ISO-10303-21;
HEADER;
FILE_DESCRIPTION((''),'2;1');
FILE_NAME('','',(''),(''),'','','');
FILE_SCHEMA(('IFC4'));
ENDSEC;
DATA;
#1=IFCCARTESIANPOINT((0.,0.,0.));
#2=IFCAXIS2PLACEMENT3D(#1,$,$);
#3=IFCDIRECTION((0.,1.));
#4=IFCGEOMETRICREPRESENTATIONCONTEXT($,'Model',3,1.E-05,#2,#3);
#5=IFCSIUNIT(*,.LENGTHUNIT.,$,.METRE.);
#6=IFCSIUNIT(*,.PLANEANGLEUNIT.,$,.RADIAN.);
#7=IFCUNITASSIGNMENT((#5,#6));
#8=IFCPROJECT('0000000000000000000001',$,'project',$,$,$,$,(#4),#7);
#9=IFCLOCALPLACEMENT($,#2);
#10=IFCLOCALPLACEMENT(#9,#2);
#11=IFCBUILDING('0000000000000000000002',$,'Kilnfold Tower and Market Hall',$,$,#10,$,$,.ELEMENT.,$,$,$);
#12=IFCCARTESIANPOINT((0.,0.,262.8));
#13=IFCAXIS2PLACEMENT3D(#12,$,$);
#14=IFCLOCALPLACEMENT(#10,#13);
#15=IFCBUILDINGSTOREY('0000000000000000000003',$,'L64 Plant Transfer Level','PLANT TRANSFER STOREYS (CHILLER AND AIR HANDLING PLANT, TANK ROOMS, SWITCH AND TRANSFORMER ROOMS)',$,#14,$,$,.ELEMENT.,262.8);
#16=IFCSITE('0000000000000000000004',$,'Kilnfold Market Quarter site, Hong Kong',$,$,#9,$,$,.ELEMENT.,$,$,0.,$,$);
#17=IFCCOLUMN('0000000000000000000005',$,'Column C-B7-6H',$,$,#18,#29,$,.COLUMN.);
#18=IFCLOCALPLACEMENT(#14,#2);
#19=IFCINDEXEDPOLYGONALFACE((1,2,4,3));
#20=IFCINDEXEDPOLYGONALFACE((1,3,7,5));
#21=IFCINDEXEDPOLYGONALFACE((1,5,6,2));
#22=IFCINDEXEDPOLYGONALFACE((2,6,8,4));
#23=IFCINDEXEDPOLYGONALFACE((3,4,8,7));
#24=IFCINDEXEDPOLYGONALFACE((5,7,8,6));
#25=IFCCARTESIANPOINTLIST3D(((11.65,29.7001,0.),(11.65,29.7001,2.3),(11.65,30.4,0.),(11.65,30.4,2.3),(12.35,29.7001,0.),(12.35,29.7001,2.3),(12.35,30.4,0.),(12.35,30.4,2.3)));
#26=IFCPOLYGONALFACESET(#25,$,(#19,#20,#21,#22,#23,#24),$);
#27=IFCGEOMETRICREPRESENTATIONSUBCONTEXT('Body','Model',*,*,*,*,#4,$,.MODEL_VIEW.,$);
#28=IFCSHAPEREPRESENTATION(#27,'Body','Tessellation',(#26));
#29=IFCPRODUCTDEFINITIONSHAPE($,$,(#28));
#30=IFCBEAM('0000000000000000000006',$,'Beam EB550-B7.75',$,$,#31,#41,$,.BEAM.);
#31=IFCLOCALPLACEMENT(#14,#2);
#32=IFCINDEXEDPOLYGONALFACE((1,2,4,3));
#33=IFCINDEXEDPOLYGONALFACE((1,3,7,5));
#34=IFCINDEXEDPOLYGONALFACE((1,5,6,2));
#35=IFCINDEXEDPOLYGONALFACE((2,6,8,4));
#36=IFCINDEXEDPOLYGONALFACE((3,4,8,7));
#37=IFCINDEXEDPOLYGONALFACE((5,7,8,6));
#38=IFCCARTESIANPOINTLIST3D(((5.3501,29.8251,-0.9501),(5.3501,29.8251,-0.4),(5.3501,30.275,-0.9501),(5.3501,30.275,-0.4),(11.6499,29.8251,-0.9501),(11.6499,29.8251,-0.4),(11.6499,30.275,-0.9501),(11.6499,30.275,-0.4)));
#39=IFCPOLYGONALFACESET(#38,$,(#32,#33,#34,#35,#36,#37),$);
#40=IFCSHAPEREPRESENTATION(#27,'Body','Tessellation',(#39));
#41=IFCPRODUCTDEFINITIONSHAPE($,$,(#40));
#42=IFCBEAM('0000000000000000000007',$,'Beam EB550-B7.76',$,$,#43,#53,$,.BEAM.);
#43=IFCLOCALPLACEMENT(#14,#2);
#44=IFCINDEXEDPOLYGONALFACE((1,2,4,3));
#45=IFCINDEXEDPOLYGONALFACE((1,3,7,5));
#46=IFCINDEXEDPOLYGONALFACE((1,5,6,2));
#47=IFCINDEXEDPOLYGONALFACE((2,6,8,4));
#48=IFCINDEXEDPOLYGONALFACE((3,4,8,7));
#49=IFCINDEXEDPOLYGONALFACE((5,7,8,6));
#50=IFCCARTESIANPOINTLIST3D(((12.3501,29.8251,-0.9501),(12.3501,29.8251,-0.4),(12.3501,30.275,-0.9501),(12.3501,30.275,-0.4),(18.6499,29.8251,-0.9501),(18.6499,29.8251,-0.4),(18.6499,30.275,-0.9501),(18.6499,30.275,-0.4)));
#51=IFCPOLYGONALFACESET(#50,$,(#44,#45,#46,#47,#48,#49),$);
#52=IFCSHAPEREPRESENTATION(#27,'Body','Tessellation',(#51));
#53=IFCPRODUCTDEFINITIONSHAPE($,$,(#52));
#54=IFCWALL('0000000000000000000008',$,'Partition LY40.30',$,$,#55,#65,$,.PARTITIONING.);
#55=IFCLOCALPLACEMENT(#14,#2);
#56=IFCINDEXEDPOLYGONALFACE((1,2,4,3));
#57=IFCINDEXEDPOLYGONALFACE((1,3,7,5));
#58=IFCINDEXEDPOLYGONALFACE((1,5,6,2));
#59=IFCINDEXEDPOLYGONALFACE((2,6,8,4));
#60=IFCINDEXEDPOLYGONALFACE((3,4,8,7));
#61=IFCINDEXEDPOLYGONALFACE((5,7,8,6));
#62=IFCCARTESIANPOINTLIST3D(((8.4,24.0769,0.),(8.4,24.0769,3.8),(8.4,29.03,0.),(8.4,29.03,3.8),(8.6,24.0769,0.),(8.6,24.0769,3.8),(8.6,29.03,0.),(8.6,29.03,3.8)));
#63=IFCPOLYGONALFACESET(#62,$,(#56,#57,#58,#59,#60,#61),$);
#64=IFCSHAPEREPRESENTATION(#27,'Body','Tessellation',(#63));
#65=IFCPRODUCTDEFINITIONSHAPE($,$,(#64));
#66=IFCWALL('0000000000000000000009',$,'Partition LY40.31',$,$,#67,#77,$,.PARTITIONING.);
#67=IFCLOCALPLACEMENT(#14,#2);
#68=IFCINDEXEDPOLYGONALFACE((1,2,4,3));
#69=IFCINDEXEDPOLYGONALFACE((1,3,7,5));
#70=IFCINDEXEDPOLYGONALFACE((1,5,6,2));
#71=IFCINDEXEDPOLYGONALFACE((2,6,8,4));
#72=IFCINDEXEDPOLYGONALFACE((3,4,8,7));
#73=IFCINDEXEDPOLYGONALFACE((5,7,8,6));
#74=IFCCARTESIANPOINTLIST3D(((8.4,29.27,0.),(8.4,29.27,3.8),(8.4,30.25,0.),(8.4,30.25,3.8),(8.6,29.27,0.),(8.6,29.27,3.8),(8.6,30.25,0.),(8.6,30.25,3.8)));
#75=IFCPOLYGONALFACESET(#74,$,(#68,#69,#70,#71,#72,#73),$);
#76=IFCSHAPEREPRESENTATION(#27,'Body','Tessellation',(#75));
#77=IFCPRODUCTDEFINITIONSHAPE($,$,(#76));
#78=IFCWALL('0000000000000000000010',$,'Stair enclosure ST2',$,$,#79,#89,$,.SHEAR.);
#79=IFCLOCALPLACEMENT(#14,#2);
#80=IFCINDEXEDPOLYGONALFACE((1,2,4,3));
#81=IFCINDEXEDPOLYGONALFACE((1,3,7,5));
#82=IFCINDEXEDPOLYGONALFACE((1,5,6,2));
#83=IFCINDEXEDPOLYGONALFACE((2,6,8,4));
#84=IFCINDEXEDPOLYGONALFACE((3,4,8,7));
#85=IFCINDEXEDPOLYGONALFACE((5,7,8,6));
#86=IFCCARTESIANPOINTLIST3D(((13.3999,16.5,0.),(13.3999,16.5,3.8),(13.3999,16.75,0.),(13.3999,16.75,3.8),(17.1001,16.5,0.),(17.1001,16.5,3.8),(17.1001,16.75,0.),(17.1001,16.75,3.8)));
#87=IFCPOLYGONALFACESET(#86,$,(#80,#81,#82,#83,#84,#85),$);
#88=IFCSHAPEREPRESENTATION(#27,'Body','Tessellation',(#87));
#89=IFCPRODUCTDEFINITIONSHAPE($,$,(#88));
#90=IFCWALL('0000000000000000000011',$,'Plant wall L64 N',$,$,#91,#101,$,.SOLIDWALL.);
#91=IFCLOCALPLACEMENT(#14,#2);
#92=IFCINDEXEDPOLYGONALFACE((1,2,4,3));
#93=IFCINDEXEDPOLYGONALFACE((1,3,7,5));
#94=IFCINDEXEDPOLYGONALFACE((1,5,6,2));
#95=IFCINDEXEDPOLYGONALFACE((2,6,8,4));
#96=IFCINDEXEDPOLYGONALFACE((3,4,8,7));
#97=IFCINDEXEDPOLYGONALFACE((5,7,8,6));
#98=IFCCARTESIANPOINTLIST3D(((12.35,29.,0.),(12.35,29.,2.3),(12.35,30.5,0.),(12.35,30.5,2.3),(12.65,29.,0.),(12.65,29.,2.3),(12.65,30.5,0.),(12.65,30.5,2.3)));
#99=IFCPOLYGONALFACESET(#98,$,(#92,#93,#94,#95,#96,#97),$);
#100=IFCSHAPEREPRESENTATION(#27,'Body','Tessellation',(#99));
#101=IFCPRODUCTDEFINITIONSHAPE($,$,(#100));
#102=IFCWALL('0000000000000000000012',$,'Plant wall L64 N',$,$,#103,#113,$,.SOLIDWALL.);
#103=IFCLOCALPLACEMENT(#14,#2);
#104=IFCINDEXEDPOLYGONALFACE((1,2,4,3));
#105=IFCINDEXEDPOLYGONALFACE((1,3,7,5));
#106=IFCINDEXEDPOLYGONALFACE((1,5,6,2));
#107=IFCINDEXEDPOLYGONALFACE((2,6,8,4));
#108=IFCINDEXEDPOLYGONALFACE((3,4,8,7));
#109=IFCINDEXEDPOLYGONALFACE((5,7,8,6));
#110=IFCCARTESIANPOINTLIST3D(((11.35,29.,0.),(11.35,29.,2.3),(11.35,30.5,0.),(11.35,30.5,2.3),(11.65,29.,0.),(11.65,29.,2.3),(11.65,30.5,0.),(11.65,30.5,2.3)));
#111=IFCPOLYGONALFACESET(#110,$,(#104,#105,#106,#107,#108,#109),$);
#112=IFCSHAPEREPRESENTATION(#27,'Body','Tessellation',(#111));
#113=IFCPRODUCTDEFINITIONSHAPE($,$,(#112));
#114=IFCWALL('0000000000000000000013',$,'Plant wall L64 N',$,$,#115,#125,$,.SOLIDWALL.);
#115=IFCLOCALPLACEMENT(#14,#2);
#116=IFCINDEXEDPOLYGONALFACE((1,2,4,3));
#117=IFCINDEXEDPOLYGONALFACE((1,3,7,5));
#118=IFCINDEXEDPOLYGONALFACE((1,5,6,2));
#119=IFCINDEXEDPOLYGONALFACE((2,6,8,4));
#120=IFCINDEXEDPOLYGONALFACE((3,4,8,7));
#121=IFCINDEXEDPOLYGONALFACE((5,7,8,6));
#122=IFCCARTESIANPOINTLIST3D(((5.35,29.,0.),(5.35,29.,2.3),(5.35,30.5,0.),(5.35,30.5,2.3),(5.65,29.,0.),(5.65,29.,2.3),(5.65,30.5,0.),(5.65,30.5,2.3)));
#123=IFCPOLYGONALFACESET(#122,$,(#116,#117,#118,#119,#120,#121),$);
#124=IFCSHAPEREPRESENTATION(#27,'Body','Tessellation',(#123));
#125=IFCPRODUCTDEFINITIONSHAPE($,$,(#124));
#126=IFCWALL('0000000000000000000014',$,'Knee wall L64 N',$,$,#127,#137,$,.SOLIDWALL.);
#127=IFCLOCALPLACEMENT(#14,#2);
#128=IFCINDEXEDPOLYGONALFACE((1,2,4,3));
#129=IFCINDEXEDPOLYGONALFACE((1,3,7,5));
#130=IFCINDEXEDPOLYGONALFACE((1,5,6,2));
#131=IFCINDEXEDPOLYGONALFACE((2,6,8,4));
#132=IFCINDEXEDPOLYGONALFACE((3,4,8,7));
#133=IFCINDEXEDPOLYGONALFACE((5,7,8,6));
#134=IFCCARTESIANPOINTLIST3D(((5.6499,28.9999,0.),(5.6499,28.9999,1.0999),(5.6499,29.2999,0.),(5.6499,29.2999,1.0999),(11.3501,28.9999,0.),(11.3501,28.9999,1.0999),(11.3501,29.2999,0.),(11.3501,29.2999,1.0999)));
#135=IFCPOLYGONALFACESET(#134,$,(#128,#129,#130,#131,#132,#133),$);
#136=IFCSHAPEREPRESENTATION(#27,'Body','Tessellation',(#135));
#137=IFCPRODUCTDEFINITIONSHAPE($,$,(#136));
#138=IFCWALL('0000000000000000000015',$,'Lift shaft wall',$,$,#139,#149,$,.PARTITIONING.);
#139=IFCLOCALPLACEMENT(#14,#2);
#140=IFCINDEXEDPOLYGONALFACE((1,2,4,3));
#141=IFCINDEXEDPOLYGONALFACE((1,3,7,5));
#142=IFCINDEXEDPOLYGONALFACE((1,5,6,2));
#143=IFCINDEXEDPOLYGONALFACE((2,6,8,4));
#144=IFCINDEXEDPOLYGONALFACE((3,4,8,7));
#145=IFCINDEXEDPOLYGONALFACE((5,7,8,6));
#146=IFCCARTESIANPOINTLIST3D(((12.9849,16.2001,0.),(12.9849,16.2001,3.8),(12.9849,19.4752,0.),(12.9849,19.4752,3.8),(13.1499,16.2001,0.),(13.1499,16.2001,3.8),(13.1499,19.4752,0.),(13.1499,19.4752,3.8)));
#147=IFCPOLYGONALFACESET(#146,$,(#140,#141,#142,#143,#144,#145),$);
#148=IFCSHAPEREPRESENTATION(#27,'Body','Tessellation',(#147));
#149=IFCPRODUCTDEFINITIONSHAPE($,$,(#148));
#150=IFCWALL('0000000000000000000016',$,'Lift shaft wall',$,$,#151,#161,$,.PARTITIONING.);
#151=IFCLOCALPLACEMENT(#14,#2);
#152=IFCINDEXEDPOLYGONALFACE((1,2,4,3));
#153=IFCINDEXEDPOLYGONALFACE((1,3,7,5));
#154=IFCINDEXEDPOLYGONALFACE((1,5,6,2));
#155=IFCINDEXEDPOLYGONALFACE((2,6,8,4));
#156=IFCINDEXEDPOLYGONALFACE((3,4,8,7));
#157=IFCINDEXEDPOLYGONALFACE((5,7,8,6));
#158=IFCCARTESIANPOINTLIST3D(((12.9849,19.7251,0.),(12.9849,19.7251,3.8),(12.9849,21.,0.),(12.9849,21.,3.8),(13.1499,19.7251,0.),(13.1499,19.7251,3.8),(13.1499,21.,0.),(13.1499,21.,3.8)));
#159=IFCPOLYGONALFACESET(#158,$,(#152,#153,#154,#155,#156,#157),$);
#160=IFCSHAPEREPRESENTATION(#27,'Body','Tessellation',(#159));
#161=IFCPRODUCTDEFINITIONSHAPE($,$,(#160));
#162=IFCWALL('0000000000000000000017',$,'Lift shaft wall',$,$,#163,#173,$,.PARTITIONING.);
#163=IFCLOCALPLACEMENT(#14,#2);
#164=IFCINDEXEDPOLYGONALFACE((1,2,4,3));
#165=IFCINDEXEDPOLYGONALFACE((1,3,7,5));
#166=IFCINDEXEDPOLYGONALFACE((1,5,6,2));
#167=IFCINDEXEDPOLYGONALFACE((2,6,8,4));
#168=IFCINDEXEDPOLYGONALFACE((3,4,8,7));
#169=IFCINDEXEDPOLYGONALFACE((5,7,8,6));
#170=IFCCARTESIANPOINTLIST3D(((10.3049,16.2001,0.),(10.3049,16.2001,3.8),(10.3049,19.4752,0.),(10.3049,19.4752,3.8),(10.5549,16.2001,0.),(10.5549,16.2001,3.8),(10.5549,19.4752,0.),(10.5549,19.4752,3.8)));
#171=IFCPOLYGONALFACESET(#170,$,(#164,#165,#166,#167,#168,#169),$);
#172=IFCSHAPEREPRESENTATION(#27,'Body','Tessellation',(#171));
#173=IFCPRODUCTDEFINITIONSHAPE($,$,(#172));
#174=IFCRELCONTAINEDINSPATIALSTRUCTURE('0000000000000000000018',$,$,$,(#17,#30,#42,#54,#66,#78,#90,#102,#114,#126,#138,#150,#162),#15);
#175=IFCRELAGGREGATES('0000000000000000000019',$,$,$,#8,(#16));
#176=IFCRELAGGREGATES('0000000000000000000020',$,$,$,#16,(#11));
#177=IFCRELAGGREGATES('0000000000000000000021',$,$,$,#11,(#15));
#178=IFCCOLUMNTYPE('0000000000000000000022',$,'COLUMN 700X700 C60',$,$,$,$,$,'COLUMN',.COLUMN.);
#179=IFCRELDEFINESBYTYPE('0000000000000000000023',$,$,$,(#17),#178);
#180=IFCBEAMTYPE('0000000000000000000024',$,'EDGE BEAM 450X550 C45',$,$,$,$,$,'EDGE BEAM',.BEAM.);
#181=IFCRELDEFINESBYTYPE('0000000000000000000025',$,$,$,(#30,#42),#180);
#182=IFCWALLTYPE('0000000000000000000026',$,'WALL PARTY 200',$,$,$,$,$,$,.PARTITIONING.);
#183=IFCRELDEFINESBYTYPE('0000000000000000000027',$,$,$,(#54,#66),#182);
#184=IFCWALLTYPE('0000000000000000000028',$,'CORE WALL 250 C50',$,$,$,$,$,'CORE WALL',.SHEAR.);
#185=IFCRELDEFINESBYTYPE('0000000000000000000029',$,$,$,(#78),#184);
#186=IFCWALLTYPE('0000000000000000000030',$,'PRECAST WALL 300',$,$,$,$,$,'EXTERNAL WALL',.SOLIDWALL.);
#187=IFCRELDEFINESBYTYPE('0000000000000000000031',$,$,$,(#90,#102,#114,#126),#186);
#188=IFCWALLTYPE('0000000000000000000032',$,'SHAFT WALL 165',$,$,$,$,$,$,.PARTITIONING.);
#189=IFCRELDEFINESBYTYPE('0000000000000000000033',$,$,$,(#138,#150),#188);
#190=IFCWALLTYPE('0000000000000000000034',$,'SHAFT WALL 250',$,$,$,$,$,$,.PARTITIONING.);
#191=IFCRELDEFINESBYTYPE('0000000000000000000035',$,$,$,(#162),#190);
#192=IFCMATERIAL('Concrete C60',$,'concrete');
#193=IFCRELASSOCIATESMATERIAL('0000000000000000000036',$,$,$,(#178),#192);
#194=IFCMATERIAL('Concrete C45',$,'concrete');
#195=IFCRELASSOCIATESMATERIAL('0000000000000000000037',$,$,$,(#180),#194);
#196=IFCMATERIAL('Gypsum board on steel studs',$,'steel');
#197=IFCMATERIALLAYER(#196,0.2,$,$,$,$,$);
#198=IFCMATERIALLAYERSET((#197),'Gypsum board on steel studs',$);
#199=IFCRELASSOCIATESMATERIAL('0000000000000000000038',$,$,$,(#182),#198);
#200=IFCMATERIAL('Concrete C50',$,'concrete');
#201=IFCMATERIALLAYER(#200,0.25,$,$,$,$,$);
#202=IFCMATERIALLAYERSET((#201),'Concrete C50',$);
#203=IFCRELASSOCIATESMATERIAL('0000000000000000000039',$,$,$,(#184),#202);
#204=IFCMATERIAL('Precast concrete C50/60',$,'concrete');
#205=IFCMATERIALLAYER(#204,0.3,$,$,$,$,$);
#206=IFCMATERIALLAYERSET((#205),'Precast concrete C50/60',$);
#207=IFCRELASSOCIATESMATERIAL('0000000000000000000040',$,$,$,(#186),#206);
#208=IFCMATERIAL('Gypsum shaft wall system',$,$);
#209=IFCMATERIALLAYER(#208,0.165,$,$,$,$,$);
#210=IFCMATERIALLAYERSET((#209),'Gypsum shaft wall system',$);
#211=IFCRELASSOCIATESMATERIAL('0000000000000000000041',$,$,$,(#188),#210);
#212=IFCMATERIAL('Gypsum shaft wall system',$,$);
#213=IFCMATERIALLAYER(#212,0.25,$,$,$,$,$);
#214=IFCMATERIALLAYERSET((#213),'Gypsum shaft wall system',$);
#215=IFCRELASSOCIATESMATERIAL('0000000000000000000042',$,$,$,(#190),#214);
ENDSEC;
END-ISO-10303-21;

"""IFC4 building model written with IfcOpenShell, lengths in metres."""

from ifc_helpers import new_model, si_unit, direction, frame, frame_2d, origin, origin_2d, place, context, subcontext, project, spatial, rectangle, extrude, source, transform, mapped, material, layer, layer_set, material_profile, profile_set, type_object, element, save


model = new_model("IFC4")

# Units and contexts
model_context = context("Model", 3, precision=1e-05, world=origin(), true_north=direction((0.0, 1.0)))
body_context = subcontext(model_context, "Body", "Model", "MODEL_VIEW")
ifc_project = project(units=[si_unit("LENGTHUNIT", "METRE"), si_unit("PLANEANGLEUNIT", "RADIAN")], contexts=[model_context])

# Site, building, storey
site_placement = place(None, origin())
site = spatial("IfcSite", under=ifc_project, at=site_placement, Name="Kilnfold Market Quarter site, Hong Kong", CompositionType="ELEMENT", RefElevation=0.0)
building_placement = place(site_placement, origin())
building = spatial("IfcBuilding", under=site, at=building_placement, Name="Kilnfold Tower and Market Hall", CompositionType="ELEMENT")
storey_placement = place(building_placement, frame((0.0, 0.0, 262.8)))
storey = spatial("IfcBuildingStorey", under=building, at=storey_placement, Name="L64 Plant Transfer Level", Description="PLANT TRANSFER STOREYS (CHILLER AND AIR HANDLING PLANT, TANK ROOMS, SWITCH AND TRANSFORMER ROOMS)", CompositionType="ELEMENT", Elevation=262.8)

# Column
ifc_material_1 = material(Name="Concrete C60", Category="concrete")
ifc_material_profile_1 = material_profile(ifc_material_1, rectangle(XDim=0.7, YDim=0.7, at=origin_2d()), Name="RC 700x700")
ifc_profile_set_1 = profile_set([ifc_material_profile_1], Name="Concrete C60")
column_type = type_object("IfcColumnType", Name="COLUMN 700X700 C60", ElementType="COLUMN", PredefinedType="COLUMN", material=ifc_profile_set_1)
shared_shape_1 = source(origin(), body_context, "Body", "SweptSolid", [
    extrude(rectangle(XDim=0.7, YDim=0.7, at=origin_2d()), origin(), (0.0, 0.0, 1.0), 2.3),
])
column_placement = place(storey_placement, frame((12.0, 30.05, 0.0), z_axis=(0.0, 0.0, 1.0), x_axis=(1.0, 0.0, 0.0)))
element("IfcColumn", 1, at=column_placement, inside=storey, type_object=column_type, Name="Column C-B7-6H", PredefinedType="COLUMN", context=body_context, shape_type="MappedRepresentation", body=[
    mapped(shared_shape_1, transform((0.0, 0.0, 0.0))),
])

# Beams
ifc_material_2 = material(Name="Concrete C45", Category="concrete")
ifc_material_profile_2 = material_profile(ifc_material_2, rectangle(XDim=0.45, YDim=0.55, at=origin_2d()), Name="RC 450x550")
ifc_profile_set_2 = profile_set([ifc_material_profile_2], Name="Concrete C45")
beam_type = type_object("IfcBeamType", Name="EDGE BEAM 450X550 C45", ElementType="EDGE BEAM", PredefinedType="BEAM", material=ifc_profile_set_2)
shared_shape_2 = source(origin(), body_context, "Body", "SweptSolid", [
    extrude(rectangle(XDim=0.45, YDim=0.55, at=origin_2d()), origin(), (0.0, 0.0, 1.0), 6.2998),
])
for number, where, z_axis, x_axis, name in (
    (2, (5.3501, 30.05, -0.675), (1.0, 0.0, 0.0), (0.0, 1.0, 0.0), "Beam EB550-B7.75"),
    (3, (12.3501, 30.05, -0.675), (1.0, 0.0, 0.0), (0.0, 1.0, 0.0), "Beam EB550-B7.76"),
):
    element("IfcBeam", number, at=place(storey_placement, frame(where, z_axis=z_axis, x_axis=x_axis)), inside=storey, type_object=beam_type, Name=name, PredefinedType="BEAM", context=body_context, shape_type="MappedRepresentation", body=[
        mapped(shared_shape_2, transform((0.0, 0.0, 0.0))),
    ])

# Walls
ifc_material_3 = material(Name="Gypsum board on steel studs", Category="steel")
ifc_layer_1 = layer(ifc_material_3, 0.2)
ifc_layer_set_1 = layer_set([ifc_layer_1], Name="Gypsum board on steel studs")
wall_type_1 = type_object("IfcWallType", Name="WALL PARTY 200", PredefinedType="PARTITIONING", material=ifc_layer_set_1)
wall_1_placement = place(storey_placement, frame((8.5, 24.0769, 0.0), z_axis=(0.0, 0.0, 1.0), x_axis=(0.0, 1.0, 0.0)))
element("IfcWall", 4, at=wall_1_placement, inside=storey, type_object=wall_type_1, Name="Partition LY40.30", PredefinedType="PARTITIONING", context=body_context, shape_type="SweptSolid", body=[
    extrude(rectangle(XDim=4.9531, YDim=0.2, at=frame_2d((2.4766, 0.0))), origin(), (0.0, 0.0, 1.0), 3.8),
])
wall_2_placement = place(storey_placement, frame((8.5, 29.27, 0.0), z_axis=(0.0, 0.0, 1.0), x_axis=(0.0, 1.0, 0.0)))
element("IfcWall", 5, at=wall_2_placement, inside=storey, type_object=wall_type_1, Name="Partition LY40.31", PredefinedType="PARTITIONING", context=body_context, shape_type="SweptSolid", body=[
    extrude(rectangle(XDim=0.98, YDim=0.2, at=frame_2d((0.49, 0.0))), origin(), (0.0, 0.0, 1.0), 3.8),
])
ifc_material_4 = material(Name="Concrete C50", Category="concrete")
ifc_layer_2 = layer(ifc_material_4, 0.25)
ifc_layer_set_2 = layer_set([ifc_layer_2], Name="Concrete C50")
wall_type_2 = type_object("IfcWallType", Name="CORE WALL 250 C50", ElementType="CORE WALL", PredefinedType="SHEAR", material=ifc_layer_set_2)
shared_shape_3 = source(origin(), body_context, "Body", "SweptSolid", [
    extrude(rectangle(XDim=3.7002, YDim=0.25, at=frame_2d((1.8501, 0.0))), origin(), (0.0, 0.0, 1.0), 3.8),
])
wall_3_placement = place(storey_placement, frame((13.3999, 16.625, 0.0), z_axis=(0.0, 0.0, 1.0), x_axis=(1.0, 0.0, 0.0)))
element("IfcWall", 6, at=wall_3_placement, inside=storey, type_object=wall_type_2, Name="Stair enclosure ST2", PredefinedType="SHEAR", context=body_context, shape_type="MappedRepresentation", body=[
    mapped(shared_shape_3, transform((0.0, 0.0, 0.0))),
])
ifc_material_5 = material(Name="Precast concrete C50/60", Category="concrete")
ifc_layer_3 = layer(ifc_material_5, 0.3)
ifc_layer_set_3 = layer_set([ifc_layer_3], Name="Precast concrete C50/60")
wall_type_3 = type_object("IfcWallType", Name="PRECAST WALL 300", ElementType="EXTERNAL WALL", PredefinedType="SOLIDWALL", material=ifc_layer_set_3)
shared_shape_4 = source(origin(), body_context, "Body", "SweptSolid", [
    extrude(rectangle(XDim=1.5, YDim=0.3, at=frame_2d((0.75, 0.0))), origin(), (0.0, 0.0, 1.0), 2.3),
])
for number, where, z_axis, x_axis, name in (
    (7, (12.5, 30.5, 0.0), (0.0, 0.0, 1.0), (0.0, -1.0, 0.0), "Plant wall L64 N"),
    (8, (11.5, 30.5, 0.0), (0.0, 0.0, 1.0), (0.0, -1.0, 0.0), "Plant wall L64 N"),
    (9, (5.5, 30.5, 0.0), (0.0, 0.0, 1.0), (0.0, -1.0, 0.0), "Plant wall L64 N"),
):
    element("IfcWall", number, at=place(storey_placement, frame(where, z_axis=z_axis, x_axis=x_axis)), inside=storey, type_object=wall_type_3, Name=name, PredefinedType="SOLIDWALL", context=body_context, shape_type="MappedRepresentation", body=[
        mapped(shared_shape_4, transform((0.0, 0.0, 0.0))),
    ])
shared_shape_5 = source(origin(), body_context, "Body", "SweptSolid", [
    extrude(rectangle(XDim=5.7002, YDim=0.3, at=frame_2d((2.8501, 0.0))), origin(), (0.0, 0.0, 1.0), 1.0999),
])
wall_4_placement = place(storey_placement, frame((11.3501, 29.1499, 0.0), z_axis=(0.0, 0.0, 1.0), x_axis=(-1.0, 0.0, 0.0)))
element("IfcWall", 10, at=wall_4_placement, inside=storey, type_object=wall_type_3, Name="Knee wall L64 N", PredefinedType="SOLIDWALL", context=body_context, shape_type="MappedRepresentation", body=[
    mapped(shared_shape_5, transform((0.0, 0.0, 0.0))),
])
ifc_material_6 = material(Name="Gypsum shaft wall system")
ifc_layer_4 = layer(ifc_material_6, 0.165)
ifc_layer_set_4 = layer_set([ifc_layer_4], Name="Gypsum shaft wall system")
wall_type_4 = type_object("IfcWallType", Name="SHAFT WALL 165", PredefinedType="PARTITIONING", material=ifc_layer_set_4)
shared_shape_6 = source(origin(), body_context, "Body", "SweptSolid", [
    extrude(rectangle(XDim=3.2751, YDim=0.165, at=frame_2d((1.6377, 0.0))), origin(), (0.0, 0.0, 1.0), 3.8),
])
wall_5_placement = place(storey_placement, frame((13.0674, 16.2, 0.0), z_axis=(0.0, 0.0, 1.0), x_axis=(0.0, 1.0, 0.0)))
element("IfcWall", 11, at=wall_5_placement, inside=storey, type_object=wall_type_4, Name="Lift shaft wall", PredefinedType="PARTITIONING", context=body_context, shape_type="MappedRepresentation", body=[
    mapped(shared_shape_6, transform((0.0, 0.0, 0.0))),
])
shared_shape_7 = source(origin(), body_context, "Body", "SweptSolid", [
    extrude(rectangle(XDim=1.2749, YDim=0.165, at=frame_2d((0.6375, 0.0))), origin(), (0.0, 0.0, 1.0), 3.8),
])
wall_6_placement = place(storey_placement, frame((13.0674, 19.7251, 0.0), z_axis=(0.0, 0.0, 1.0), x_axis=(0.0, 1.0, 0.0)))
element("IfcWall", 12, at=wall_6_placement, inside=storey, type_object=wall_type_4, Name="Lift shaft wall", PredefinedType="PARTITIONING", context=body_context, shape_type="MappedRepresentation", body=[
    mapped(shared_shape_7, transform((0.0, 0.0, 0.0))),
])
ifc_material_7 = material(Name="Gypsum shaft wall system")
ifc_layer_5 = layer(ifc_material_7, 0.25)
ifc_layer_set_5 = layer_set([ifc_layer_5], Name="Gypsum shaft wall system")
wall_type_5 = type_object("IfcWallType", Name="SHAFT WALL 250", PredefinedType="PARTITIONING", material=ifc_layer_set_5)
shared_shape_8 = source(origin(), body_context, "Body", "SweptSolid", [
    extrude(rectangle(XDim=3.2751, YDim=0.25, at=frame_2d((1.6377, 0.0))), origin(), (0.0, 0.0, 1.0), 3.8),
])
wall_7_placement = place(storey_placement, frame((10.4299, 16.2, 0.0), z_axis=(0.0, 0.0, 1.0), x_axis=(0.0, 1.0, 0.0)))
element("IfcWall", 13, at=wall_7_placement, inside=storey, type_object=wall_type_5, Name="Lift shaft wall", PredefinedType="PARTITIONING", context=body_context, shape_type="MappedRepresentation", body=[
    mapped(shared_shape_8, transform((0.0, 0.0, 0.0))),
])

save(model, "model.ifc")
